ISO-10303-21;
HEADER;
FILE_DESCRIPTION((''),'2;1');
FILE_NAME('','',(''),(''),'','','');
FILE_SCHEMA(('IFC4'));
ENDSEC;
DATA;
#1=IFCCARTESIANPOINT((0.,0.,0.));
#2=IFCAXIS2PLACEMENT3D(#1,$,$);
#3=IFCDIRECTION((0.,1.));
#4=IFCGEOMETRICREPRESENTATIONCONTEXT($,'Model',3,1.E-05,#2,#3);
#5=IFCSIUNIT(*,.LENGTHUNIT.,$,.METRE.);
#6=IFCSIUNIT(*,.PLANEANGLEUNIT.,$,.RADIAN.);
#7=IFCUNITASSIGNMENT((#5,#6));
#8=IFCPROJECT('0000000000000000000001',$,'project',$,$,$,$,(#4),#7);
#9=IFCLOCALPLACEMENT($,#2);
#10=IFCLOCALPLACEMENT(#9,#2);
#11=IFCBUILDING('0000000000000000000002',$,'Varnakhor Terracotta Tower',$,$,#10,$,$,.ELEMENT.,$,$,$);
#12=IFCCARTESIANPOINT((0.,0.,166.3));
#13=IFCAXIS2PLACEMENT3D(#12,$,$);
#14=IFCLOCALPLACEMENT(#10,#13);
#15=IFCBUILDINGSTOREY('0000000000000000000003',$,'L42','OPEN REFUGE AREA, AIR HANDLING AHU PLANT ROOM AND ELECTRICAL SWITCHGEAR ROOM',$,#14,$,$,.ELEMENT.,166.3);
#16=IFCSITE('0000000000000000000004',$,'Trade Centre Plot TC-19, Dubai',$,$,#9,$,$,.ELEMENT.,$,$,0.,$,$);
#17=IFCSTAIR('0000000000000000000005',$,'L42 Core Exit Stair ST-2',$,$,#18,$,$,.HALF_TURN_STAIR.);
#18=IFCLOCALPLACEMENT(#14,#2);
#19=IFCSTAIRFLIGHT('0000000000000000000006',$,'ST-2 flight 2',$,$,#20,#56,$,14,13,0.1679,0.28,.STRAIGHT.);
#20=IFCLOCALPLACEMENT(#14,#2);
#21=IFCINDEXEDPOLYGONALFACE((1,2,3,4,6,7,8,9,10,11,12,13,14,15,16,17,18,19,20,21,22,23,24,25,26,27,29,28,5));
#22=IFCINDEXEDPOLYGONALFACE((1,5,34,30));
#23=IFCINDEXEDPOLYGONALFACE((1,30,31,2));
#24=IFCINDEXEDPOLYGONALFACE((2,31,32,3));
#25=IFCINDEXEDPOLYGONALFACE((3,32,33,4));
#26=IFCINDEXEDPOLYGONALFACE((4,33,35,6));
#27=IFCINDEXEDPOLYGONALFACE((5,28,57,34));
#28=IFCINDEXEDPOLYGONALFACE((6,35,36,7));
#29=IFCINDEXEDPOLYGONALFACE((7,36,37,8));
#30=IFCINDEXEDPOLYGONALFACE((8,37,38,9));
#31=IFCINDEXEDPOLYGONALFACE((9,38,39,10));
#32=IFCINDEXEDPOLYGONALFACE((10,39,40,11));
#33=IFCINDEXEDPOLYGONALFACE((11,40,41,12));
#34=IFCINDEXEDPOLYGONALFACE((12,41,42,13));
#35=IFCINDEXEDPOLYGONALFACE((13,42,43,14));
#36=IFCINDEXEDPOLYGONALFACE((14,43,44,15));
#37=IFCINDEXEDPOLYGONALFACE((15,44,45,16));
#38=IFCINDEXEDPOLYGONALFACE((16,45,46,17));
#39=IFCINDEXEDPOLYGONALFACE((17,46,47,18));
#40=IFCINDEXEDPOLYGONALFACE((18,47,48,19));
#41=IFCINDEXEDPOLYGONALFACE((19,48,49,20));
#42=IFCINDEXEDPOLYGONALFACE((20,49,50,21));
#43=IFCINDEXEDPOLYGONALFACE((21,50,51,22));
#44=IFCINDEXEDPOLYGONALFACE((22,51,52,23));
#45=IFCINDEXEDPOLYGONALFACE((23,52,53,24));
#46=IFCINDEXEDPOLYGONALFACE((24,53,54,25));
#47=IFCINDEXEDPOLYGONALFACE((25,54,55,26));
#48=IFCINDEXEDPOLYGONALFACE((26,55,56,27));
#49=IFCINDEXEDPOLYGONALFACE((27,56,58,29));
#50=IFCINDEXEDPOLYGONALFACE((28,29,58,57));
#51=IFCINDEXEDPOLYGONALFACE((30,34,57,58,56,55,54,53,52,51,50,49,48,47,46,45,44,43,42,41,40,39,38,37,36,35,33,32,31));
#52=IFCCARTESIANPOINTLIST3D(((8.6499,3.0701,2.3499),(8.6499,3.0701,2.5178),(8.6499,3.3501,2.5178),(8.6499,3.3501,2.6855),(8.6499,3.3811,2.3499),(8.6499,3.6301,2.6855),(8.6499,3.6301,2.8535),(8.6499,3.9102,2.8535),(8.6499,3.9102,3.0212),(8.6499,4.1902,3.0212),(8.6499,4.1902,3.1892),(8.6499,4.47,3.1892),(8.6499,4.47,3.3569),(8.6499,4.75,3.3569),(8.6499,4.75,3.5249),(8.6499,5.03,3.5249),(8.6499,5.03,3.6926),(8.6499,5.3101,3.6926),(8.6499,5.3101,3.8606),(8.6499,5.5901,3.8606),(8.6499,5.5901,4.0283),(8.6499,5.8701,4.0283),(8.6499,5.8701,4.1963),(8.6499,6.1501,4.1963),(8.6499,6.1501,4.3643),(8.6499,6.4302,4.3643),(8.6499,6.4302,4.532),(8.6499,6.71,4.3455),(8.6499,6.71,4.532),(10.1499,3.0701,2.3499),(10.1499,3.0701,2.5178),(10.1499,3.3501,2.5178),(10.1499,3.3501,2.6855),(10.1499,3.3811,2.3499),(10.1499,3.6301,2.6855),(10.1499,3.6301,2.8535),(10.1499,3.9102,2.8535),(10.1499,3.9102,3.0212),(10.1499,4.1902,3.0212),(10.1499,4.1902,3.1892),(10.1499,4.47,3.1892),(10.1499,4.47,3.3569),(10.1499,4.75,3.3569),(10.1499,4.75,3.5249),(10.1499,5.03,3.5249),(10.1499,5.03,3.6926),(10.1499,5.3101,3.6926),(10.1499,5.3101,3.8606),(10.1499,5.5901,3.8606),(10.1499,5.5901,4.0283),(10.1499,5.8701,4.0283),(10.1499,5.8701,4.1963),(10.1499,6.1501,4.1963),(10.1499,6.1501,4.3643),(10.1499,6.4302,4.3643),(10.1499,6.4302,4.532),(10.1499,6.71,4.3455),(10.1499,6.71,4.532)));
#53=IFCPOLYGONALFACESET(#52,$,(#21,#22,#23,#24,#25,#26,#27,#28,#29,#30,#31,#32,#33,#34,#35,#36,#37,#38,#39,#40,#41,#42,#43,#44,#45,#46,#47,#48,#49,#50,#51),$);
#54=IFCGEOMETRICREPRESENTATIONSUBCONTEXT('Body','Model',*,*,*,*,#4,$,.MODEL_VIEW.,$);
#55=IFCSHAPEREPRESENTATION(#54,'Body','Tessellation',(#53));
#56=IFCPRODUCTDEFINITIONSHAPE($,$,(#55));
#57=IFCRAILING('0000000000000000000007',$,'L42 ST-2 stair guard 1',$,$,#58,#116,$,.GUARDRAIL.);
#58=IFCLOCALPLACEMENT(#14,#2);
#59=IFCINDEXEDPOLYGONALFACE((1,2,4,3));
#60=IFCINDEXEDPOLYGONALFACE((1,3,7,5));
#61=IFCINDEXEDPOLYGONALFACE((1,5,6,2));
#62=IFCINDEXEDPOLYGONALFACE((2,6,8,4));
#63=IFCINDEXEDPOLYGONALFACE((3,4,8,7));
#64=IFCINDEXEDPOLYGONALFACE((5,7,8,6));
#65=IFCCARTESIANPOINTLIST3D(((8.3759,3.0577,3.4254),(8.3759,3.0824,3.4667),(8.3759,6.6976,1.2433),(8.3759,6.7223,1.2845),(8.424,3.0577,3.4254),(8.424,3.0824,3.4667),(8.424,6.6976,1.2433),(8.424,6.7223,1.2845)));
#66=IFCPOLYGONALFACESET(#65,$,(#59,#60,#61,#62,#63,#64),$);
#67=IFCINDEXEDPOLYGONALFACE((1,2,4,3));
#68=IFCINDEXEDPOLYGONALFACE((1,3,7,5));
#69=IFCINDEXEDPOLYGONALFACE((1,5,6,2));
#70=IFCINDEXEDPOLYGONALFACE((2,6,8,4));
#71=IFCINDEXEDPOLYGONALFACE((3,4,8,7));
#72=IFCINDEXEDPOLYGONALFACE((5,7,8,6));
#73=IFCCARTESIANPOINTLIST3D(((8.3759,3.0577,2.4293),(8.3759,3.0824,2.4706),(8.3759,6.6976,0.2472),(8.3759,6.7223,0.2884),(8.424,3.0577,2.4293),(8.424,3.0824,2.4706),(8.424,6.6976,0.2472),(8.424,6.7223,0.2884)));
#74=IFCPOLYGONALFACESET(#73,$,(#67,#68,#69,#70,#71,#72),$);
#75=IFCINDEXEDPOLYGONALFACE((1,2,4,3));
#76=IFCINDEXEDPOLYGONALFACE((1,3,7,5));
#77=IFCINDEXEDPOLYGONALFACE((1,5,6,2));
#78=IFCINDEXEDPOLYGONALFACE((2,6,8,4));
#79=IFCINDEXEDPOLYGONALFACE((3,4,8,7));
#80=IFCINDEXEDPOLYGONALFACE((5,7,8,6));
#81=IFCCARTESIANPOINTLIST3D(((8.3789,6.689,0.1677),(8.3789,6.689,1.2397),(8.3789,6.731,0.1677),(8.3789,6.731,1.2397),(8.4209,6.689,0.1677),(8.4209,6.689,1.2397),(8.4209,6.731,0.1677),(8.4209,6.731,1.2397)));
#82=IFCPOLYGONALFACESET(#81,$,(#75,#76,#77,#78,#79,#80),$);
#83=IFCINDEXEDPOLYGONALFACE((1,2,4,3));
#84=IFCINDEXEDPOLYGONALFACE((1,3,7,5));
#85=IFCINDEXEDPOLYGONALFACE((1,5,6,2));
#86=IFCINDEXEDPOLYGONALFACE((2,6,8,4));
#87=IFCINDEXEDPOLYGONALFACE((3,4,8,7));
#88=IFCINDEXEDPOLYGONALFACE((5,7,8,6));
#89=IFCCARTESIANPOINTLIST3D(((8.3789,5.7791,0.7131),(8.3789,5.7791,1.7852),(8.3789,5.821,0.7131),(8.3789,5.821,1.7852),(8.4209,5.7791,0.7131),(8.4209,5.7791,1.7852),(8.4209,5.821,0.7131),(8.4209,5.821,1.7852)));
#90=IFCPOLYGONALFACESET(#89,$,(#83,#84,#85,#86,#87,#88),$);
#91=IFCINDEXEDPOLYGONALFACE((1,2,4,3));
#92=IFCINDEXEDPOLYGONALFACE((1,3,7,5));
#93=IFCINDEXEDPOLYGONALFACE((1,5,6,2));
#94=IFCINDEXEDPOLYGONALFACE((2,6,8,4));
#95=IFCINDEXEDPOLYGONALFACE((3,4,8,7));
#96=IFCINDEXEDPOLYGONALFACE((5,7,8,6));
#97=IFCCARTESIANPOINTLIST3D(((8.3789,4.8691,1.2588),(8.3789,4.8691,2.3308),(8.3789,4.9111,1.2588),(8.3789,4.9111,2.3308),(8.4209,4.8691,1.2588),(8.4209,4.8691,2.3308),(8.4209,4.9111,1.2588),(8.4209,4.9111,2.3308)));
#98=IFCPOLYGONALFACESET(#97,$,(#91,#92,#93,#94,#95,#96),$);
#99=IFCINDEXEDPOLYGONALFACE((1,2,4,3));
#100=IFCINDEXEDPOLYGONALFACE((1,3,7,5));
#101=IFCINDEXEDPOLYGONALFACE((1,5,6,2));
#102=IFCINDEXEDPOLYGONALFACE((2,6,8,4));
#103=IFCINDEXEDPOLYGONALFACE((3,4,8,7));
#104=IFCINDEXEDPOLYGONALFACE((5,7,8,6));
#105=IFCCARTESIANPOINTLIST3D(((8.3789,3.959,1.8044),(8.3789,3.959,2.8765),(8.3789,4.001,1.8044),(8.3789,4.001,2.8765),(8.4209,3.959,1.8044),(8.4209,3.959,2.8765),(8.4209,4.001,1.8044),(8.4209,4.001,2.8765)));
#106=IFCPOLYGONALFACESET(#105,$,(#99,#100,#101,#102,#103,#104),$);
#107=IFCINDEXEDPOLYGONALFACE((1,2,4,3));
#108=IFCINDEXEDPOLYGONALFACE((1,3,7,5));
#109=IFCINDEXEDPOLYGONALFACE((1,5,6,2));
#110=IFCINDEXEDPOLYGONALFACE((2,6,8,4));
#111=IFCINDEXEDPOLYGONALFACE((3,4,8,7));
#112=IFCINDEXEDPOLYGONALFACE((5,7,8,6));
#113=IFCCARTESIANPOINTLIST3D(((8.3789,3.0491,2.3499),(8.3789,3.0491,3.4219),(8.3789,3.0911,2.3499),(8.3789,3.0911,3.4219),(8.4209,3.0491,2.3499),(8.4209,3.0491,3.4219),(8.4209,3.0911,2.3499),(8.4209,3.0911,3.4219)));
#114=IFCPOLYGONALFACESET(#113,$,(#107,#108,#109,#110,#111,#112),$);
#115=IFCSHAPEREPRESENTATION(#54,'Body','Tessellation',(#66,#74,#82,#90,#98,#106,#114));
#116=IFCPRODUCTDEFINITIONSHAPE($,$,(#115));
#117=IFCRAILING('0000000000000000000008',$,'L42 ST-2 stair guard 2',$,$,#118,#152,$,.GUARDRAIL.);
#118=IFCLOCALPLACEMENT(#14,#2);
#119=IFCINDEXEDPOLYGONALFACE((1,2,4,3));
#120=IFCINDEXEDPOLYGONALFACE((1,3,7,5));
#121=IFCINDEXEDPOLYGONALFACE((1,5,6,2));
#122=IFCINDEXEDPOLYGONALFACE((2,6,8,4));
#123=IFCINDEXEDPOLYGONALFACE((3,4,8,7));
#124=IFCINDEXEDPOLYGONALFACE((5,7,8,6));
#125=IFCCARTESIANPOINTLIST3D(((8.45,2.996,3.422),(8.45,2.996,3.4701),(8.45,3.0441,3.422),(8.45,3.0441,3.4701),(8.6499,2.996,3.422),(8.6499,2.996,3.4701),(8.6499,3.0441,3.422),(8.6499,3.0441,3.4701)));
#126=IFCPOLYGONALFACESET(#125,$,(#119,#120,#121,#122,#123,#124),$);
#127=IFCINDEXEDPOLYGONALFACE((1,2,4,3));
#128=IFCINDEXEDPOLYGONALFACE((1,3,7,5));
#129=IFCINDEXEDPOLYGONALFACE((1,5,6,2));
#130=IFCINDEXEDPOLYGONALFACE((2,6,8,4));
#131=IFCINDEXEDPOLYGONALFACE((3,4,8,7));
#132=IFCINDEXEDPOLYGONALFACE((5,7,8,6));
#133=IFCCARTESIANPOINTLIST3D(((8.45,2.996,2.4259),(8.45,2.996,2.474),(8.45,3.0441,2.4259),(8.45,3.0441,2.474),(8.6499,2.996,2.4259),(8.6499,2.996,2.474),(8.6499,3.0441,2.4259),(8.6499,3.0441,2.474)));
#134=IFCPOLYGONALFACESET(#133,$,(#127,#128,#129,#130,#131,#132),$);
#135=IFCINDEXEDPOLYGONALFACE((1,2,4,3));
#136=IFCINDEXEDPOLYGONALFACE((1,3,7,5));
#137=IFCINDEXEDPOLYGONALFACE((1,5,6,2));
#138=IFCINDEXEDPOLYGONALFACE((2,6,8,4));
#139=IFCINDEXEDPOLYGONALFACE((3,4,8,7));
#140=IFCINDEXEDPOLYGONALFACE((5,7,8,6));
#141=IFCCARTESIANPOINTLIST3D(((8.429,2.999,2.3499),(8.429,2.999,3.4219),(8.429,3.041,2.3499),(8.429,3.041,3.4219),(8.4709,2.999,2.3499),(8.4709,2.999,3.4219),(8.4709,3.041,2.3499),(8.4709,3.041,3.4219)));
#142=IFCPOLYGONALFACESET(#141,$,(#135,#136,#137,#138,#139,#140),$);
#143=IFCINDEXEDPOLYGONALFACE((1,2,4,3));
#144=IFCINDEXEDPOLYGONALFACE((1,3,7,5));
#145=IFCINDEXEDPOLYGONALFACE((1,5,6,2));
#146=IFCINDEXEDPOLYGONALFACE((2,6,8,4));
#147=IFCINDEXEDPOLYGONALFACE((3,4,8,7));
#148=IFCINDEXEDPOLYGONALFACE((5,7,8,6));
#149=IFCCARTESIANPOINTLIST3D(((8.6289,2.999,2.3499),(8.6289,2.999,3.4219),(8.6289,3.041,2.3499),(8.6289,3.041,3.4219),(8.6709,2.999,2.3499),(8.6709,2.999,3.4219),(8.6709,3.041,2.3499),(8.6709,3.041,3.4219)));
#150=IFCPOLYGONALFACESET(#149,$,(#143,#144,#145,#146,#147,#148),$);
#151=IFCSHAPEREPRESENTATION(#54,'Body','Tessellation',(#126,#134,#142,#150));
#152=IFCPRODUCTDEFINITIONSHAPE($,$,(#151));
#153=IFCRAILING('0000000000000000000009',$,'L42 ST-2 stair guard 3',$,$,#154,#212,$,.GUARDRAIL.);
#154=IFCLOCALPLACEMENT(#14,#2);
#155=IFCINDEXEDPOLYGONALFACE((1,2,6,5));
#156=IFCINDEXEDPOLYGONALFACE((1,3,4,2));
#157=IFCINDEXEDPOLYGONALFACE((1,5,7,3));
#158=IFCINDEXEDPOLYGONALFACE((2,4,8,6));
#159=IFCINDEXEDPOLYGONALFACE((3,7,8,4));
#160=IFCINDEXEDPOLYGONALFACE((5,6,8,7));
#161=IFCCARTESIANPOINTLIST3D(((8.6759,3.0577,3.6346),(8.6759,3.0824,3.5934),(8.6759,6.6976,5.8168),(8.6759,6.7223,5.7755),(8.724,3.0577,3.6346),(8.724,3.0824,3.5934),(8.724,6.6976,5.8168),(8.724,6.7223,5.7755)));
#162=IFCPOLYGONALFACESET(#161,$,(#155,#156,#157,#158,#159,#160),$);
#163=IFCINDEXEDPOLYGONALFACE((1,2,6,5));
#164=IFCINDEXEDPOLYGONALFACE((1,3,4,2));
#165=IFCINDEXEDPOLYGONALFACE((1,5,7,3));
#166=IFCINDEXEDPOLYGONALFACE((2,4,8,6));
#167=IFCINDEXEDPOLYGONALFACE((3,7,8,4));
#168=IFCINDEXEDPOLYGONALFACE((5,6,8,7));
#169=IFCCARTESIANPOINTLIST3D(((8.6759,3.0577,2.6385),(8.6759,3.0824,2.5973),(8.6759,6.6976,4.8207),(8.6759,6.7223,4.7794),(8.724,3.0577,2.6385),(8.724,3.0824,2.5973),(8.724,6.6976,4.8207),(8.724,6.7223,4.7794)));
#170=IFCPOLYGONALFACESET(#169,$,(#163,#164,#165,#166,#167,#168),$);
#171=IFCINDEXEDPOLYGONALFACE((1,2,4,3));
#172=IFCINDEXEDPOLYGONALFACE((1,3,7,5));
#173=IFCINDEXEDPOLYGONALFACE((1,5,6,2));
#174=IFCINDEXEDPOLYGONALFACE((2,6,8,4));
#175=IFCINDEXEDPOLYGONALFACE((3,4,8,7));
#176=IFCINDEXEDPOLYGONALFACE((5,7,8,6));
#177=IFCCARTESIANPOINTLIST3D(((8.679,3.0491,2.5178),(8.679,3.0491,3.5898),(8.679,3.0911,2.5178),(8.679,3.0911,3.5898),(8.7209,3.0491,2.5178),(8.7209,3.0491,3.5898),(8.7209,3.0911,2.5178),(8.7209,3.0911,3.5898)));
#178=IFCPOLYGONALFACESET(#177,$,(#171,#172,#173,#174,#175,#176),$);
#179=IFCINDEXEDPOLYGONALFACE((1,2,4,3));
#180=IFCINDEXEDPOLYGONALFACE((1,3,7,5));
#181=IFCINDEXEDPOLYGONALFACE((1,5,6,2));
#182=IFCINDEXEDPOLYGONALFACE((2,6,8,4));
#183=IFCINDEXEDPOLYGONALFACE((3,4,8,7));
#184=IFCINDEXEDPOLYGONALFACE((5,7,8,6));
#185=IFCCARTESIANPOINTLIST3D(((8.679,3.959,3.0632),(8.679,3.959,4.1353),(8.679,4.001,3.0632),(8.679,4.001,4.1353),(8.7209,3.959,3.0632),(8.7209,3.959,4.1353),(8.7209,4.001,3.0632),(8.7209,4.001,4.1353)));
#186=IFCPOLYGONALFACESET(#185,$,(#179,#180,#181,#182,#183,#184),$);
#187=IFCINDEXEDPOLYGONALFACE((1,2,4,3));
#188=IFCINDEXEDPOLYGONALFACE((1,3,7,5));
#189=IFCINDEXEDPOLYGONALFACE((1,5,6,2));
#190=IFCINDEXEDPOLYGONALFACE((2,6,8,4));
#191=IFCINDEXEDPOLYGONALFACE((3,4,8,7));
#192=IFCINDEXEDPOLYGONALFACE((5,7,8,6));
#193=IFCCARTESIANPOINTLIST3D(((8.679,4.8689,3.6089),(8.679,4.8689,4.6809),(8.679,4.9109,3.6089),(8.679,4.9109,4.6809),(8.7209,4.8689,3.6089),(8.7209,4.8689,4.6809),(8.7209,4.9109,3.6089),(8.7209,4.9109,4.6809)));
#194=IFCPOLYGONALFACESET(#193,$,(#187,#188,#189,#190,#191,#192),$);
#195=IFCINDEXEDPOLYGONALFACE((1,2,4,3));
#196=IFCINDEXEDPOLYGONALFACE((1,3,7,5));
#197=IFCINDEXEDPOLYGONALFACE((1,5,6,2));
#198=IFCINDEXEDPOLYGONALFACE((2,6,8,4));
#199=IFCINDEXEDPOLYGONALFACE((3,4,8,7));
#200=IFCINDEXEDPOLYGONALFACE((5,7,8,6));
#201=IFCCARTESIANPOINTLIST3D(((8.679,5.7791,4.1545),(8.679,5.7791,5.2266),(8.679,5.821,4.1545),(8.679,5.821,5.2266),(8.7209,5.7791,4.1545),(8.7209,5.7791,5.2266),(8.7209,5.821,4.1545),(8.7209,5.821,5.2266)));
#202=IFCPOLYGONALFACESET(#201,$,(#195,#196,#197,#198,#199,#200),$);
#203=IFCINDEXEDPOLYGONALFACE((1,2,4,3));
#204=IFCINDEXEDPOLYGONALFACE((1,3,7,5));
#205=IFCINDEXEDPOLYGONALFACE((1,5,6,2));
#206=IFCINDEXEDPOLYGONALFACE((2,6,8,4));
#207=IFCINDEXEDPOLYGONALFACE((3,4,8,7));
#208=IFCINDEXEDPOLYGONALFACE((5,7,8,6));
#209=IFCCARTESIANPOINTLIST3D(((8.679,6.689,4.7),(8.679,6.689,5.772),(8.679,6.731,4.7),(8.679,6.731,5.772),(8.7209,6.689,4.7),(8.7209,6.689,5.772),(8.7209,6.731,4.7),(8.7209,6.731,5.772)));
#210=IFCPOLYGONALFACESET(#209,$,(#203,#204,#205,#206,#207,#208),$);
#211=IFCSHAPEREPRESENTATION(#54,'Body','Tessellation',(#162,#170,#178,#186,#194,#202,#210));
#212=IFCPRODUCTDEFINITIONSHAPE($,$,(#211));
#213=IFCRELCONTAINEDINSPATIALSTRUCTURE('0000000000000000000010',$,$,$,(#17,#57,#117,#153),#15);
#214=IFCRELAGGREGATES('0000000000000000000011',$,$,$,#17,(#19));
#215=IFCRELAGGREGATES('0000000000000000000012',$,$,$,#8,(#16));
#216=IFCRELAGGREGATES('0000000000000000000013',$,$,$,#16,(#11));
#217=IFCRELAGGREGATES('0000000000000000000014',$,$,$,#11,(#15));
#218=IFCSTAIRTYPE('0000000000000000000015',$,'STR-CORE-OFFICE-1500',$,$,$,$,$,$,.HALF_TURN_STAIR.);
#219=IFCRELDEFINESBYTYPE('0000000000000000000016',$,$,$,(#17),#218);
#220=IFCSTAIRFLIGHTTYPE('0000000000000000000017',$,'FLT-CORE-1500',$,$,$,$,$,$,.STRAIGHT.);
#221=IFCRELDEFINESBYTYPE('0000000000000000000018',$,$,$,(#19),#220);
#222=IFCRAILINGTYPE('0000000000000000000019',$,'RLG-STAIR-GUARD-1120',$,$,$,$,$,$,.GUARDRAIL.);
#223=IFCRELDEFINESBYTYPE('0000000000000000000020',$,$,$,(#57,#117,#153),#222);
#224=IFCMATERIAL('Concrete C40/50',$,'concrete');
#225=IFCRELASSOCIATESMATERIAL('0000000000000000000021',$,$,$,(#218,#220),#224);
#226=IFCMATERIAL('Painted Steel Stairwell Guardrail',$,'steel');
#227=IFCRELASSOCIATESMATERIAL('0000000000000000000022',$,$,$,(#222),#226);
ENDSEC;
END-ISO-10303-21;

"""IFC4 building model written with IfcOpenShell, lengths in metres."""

from ifc_helpers import new_model, si_unit, direction, frame, origin, origin_2d, place, context, subcontext, project, spatial, polyline, rectangle, outline, extrude, material, type_object, element, aggregate, save


model = new_model("IFC4")

# Units and contexts
model_context = context("Model", 3, precision=1e-05, world=origin(), true_north=direction((0.0, 1.0)))
body_context = subcontext(model_context, "Body", "Model", "MODEL_VIEW")
ifc_project = project(units=[si_unit("LENGTHUNIT", "METRE"), si_unit("PLANEANGLEUNIT", "RADIAN")], contexts=[model_context])

# Site, building, storey
site_placement = place(None, origin())
site = spatial("IfcSite", under=ifc_project, at=site_placement, Name="Trade Centre Plot TC-19, Dubai", CompositionType="ELEMENT", RefElevation=0.0)
building_placement = place(site_placement, origin())
building = spatial("IfcBuilding", under=site, at=building_placement, Name="Varnakhor Terracotta Tower", CompositionType="ELEMENT")
storey_placement = place(building_placement, frame((0.0, 0.0, 166.3)))
storey = spatial("IfcBuildingStorey", under=building, at=storey_placement, Name="L42", Description="OPEN REFUGE AREA, AIR HANDLING AHU PLANT ROOM AND ELECTRICAL SWITCHGEAR ROOM", CompositionType="ELEMENT", Elevation=166.3)

# Stair
ifc_material_1 = material(Name="Concrete C40/50", Category="concrete")
stair_type = type_object("IfcStairType", Name="STR-CORE-OFFICE-1500", PredefinedType="HALF_TURN_STAIR", material=ifc_material_1)
stair_1_placement = place(storey_placement, origin())
stair_1 = element("IfcStair", 1, at=stair_1_placement, inside=storey, type_object=stair_type, Name="L42 Core Exit Stair ST-2", PredefinedType="HALF_TURN_STAIR")

# Stair flight
stair_flight_type = type_object("IfcStairFlightType", Name="FLT-CORE-1500", PredefinedType="STRAIGHT", material=ifc_material_1)
stair_flight_1_placement = place(storey_placement, frame((9.3999, 3.0701, 2.3499), z_axis=(0.0, 0.0, 1.0), x_axis=(0.0, 1.0, 0.0)))
stair_flight_1 = element("IfcStairFlight", 2, at=stair_flight_1_placement, type_object=stair_flight_type, Name="ST-2 flight 2", NumberOfRisers=14, NumberOfTreads=13, PredefinedType="STRAIGHT", RiserHeight=0.1679, TreadLength=0.28, context=body_context, shape_type="SweptSolid", body=[
    extrude(outline(polyline([(0.0, 0.0), (0.0, 0.168), (0.28, 0.168), (0.28, 0.3357), (0.5601, 0.3357), (0.5601, 0.5037), (0.8401, 0.5037), (0.8401, 0.6714), (1.1201, 0.6714), (1.1201, 0.8394), (1.3999, 0.8394), (1.3999, 1.0071), (1.6799, 1.0071), (1.6799, 1.175), (1.96, 1.175), (1.96, 1.3428), (2.24, 1.3428), (2.24, 1.5107), (2.52, 1.5107), (2.52, 1.6785), (2.8, 1.6785), (2.8, 1.8464), (3.0801, 1.8464), (3.0801, 2.0144), (3.3601, 2.0144), (3.3601, 2.1821), (3.6399, 2.1821), (3.6399, 2.3501), (3.6399, 1.9956), (0.311, 0.0), (0.0, 0.0)])), frame((0.0, 0.75, 0.0), z_axis=(0.0, -1.0, 0.0), x_axis=(1.0, 0.0, 0.0)), (0.0, 0.0, 1.0), 1.5),
])
aggregate(stair_1, [stair_flight_1])

# Railings
ifc_material_2 = material(Name="Painted Steel Stairwell Guardrail", Category="steel")
railing_type_1 = type_object("IfcRailingType", Name="RLG-STAIR-GUARD-1120", PredefinedType="GUARDRAIL", material=ifc_material_2)
railing_1_placement = place(storey_placement, frame((8.3999, 6.71, 0.1677)))
element("IfcRailing", 3, at=railing_1_placement, inside=storey, type_object=railing_type_1, Name="L42 ST-2 stair guard 1", PredefinedType="GUARDRAIL", context=body_context, shape_type="SweptSolid", body=[
    extrude(rectangle(XDim=0.0481, YDim=0.0481, at=origin_2d()), frame((0.0, 0.0, 1.0962), z_axis=(0.0, -0.857681, 0.514183), x_axis=(1.0, 0.0, 0.0)), (0.0, 0.0, 1.0), 4.2439),
    extrude(rectangle(XDim=0.0481, YDim=0.0481, at=origin_2d()), frame((0.0, 0.0, 0.1001), z_axis=(0.0, -0.857681, 0.514183), x_axis=(1.0, 0.0, 0.0)), (0.0, 0.0, 1.0), 4.2439),
    extrude(rectangle(XDim=0.042, YDim=0.042, at=origin_2d()), origin(), (0.0, 0.0, 1.0), 1.072),
    extrude(rectangle(XDim=0.042, YDim=0.042, at=origin_2d()), frame((0.0, -0.9099, 0.5454)), (0.0, 0.0, 1.0), 1.072),
    extrude(rectangle(XDim=0.042, YDim=0.042, at=origin_2d()), frame((0.0, -1.8198, 1.0911)), (0.0, 0.0, 1.0), 1.072),
    extrude(rectangle(XDim=0.042, YDim=0.042, at=origin_2d()), frame((0.0, -2.73, 1.6367)), (0.0, 0.0, 1.0), 1.072),
    extrude(rectangle(XDim=0.042, YDim=0.042, at=origin_2d()), frame((0.0, -3.6399, 2.1821)), (0.0, 0.0, 1.0), 1.072),
])
railing_2_placement = place(storey_placement, frame((8.45, 3.02, 2.3499)))
element("IfcRailing", 4, at=railing_2_placement, inside=storey, type_object=railing_type_1, Name="L42 ST-2 stair guard 2", PredefinedType="GUARDRAIL", context=body_context, shape_type="SweptSolid", body=[
    extrude(rectangle(XDim=0.0481, YDim=0.0481, at=origin_2d()), frame((0.0, 0.0, 1.0962), z_axis=(1.0, 0.0, 0.0), x_axis=(0.0, 1.0, 0.0)), (0.0, 0.0, 1.0), 0.2),
    extrude(rectangle(XDim=0.0481, YDim=0.0481, at=origin_2d()), frame((0.0, 0.0, 0.1001), z_axis=(1.0, 0.0, 0.0), x_axis=(0.0, 1.0, 0.0)), (0.0, 0.0, 1.0), 0.2),
    extrude(rectangle(XDim=0.042, YDim=0.042, at=origin_2d()), origin(), (0.0, 0.0, 1.0), 1.072),
    extrude(rectangle(XDim=0.042, YDim=0.042, at=origin_2d()), frame((0.2, 0.0, 0.0)), (0.0, 0.0, 1.0), 1.072),
])
railing_3_placement = place(storey_placement, frame((8.7, 3.0701, 2.5178)))
element("IfcRailing", 5, at=railing_3_placement, inside=storey, type_object=railing_type_1, Name="L42 ST-2 stair guard 3", PredefinedType="GUARDRAIL", context=body_context, shape_type="SweptSolid", body=[
    extrude(rectangle(XDim=0.0481, YDim=0.0481, at=origin_2d()), frame((0.0, 0.0, 1.0962), z_axis=(0.0, 0.857681, 0.514183), x_axis=(-1.0, 0.0, 0.0)), (0.0, 0.0, 1.0), 4.2439),
    extrude(rectangle(XDim=0.0481, YDim=0.0481, at=origin_2d()), frame((0.0, 0.0, 0.1001), z_axis=(0.0, 0.857681, 0.514183), x_axis=(-1.0, 0.0, 0.0)), (0.0, 0.0, 1.0), 4.2439),
    extrude(rectangle(XDim=0.042, YDim=0.042, at=origin_2d()), origin(), (0.0, 0.0, 1.0), 1.072),
    extrude(rectangle(XDim=0.042, YDim=0.042, at=origin_2d()), frame((0.0, 0.9099, 0.5454)), (0.0, 0.0, 1.0), 1.072),
    extrude(rectangle(XDim=0.042, YDim=0.042, at=origin_2d()), frame((0.0, 1.8198, 1.0911)), (0.0, 0.0, 1.0), 1.072),
    extrude(rectangle(XDim=0.042, YDim=0.042, at=origin_2d()), frame((0.0, 2.73, 1.6367)), (0.0, 0.0, 1.0), 1.072),
    extrude(rectangle(XDim=0.042, YDim=0.042, at=origin_2d()), frame((0.0, 3.6399, 2.1821)), (0.0, 0.0, 1.0), 1.072),
])

save(model, "model.ifc")
